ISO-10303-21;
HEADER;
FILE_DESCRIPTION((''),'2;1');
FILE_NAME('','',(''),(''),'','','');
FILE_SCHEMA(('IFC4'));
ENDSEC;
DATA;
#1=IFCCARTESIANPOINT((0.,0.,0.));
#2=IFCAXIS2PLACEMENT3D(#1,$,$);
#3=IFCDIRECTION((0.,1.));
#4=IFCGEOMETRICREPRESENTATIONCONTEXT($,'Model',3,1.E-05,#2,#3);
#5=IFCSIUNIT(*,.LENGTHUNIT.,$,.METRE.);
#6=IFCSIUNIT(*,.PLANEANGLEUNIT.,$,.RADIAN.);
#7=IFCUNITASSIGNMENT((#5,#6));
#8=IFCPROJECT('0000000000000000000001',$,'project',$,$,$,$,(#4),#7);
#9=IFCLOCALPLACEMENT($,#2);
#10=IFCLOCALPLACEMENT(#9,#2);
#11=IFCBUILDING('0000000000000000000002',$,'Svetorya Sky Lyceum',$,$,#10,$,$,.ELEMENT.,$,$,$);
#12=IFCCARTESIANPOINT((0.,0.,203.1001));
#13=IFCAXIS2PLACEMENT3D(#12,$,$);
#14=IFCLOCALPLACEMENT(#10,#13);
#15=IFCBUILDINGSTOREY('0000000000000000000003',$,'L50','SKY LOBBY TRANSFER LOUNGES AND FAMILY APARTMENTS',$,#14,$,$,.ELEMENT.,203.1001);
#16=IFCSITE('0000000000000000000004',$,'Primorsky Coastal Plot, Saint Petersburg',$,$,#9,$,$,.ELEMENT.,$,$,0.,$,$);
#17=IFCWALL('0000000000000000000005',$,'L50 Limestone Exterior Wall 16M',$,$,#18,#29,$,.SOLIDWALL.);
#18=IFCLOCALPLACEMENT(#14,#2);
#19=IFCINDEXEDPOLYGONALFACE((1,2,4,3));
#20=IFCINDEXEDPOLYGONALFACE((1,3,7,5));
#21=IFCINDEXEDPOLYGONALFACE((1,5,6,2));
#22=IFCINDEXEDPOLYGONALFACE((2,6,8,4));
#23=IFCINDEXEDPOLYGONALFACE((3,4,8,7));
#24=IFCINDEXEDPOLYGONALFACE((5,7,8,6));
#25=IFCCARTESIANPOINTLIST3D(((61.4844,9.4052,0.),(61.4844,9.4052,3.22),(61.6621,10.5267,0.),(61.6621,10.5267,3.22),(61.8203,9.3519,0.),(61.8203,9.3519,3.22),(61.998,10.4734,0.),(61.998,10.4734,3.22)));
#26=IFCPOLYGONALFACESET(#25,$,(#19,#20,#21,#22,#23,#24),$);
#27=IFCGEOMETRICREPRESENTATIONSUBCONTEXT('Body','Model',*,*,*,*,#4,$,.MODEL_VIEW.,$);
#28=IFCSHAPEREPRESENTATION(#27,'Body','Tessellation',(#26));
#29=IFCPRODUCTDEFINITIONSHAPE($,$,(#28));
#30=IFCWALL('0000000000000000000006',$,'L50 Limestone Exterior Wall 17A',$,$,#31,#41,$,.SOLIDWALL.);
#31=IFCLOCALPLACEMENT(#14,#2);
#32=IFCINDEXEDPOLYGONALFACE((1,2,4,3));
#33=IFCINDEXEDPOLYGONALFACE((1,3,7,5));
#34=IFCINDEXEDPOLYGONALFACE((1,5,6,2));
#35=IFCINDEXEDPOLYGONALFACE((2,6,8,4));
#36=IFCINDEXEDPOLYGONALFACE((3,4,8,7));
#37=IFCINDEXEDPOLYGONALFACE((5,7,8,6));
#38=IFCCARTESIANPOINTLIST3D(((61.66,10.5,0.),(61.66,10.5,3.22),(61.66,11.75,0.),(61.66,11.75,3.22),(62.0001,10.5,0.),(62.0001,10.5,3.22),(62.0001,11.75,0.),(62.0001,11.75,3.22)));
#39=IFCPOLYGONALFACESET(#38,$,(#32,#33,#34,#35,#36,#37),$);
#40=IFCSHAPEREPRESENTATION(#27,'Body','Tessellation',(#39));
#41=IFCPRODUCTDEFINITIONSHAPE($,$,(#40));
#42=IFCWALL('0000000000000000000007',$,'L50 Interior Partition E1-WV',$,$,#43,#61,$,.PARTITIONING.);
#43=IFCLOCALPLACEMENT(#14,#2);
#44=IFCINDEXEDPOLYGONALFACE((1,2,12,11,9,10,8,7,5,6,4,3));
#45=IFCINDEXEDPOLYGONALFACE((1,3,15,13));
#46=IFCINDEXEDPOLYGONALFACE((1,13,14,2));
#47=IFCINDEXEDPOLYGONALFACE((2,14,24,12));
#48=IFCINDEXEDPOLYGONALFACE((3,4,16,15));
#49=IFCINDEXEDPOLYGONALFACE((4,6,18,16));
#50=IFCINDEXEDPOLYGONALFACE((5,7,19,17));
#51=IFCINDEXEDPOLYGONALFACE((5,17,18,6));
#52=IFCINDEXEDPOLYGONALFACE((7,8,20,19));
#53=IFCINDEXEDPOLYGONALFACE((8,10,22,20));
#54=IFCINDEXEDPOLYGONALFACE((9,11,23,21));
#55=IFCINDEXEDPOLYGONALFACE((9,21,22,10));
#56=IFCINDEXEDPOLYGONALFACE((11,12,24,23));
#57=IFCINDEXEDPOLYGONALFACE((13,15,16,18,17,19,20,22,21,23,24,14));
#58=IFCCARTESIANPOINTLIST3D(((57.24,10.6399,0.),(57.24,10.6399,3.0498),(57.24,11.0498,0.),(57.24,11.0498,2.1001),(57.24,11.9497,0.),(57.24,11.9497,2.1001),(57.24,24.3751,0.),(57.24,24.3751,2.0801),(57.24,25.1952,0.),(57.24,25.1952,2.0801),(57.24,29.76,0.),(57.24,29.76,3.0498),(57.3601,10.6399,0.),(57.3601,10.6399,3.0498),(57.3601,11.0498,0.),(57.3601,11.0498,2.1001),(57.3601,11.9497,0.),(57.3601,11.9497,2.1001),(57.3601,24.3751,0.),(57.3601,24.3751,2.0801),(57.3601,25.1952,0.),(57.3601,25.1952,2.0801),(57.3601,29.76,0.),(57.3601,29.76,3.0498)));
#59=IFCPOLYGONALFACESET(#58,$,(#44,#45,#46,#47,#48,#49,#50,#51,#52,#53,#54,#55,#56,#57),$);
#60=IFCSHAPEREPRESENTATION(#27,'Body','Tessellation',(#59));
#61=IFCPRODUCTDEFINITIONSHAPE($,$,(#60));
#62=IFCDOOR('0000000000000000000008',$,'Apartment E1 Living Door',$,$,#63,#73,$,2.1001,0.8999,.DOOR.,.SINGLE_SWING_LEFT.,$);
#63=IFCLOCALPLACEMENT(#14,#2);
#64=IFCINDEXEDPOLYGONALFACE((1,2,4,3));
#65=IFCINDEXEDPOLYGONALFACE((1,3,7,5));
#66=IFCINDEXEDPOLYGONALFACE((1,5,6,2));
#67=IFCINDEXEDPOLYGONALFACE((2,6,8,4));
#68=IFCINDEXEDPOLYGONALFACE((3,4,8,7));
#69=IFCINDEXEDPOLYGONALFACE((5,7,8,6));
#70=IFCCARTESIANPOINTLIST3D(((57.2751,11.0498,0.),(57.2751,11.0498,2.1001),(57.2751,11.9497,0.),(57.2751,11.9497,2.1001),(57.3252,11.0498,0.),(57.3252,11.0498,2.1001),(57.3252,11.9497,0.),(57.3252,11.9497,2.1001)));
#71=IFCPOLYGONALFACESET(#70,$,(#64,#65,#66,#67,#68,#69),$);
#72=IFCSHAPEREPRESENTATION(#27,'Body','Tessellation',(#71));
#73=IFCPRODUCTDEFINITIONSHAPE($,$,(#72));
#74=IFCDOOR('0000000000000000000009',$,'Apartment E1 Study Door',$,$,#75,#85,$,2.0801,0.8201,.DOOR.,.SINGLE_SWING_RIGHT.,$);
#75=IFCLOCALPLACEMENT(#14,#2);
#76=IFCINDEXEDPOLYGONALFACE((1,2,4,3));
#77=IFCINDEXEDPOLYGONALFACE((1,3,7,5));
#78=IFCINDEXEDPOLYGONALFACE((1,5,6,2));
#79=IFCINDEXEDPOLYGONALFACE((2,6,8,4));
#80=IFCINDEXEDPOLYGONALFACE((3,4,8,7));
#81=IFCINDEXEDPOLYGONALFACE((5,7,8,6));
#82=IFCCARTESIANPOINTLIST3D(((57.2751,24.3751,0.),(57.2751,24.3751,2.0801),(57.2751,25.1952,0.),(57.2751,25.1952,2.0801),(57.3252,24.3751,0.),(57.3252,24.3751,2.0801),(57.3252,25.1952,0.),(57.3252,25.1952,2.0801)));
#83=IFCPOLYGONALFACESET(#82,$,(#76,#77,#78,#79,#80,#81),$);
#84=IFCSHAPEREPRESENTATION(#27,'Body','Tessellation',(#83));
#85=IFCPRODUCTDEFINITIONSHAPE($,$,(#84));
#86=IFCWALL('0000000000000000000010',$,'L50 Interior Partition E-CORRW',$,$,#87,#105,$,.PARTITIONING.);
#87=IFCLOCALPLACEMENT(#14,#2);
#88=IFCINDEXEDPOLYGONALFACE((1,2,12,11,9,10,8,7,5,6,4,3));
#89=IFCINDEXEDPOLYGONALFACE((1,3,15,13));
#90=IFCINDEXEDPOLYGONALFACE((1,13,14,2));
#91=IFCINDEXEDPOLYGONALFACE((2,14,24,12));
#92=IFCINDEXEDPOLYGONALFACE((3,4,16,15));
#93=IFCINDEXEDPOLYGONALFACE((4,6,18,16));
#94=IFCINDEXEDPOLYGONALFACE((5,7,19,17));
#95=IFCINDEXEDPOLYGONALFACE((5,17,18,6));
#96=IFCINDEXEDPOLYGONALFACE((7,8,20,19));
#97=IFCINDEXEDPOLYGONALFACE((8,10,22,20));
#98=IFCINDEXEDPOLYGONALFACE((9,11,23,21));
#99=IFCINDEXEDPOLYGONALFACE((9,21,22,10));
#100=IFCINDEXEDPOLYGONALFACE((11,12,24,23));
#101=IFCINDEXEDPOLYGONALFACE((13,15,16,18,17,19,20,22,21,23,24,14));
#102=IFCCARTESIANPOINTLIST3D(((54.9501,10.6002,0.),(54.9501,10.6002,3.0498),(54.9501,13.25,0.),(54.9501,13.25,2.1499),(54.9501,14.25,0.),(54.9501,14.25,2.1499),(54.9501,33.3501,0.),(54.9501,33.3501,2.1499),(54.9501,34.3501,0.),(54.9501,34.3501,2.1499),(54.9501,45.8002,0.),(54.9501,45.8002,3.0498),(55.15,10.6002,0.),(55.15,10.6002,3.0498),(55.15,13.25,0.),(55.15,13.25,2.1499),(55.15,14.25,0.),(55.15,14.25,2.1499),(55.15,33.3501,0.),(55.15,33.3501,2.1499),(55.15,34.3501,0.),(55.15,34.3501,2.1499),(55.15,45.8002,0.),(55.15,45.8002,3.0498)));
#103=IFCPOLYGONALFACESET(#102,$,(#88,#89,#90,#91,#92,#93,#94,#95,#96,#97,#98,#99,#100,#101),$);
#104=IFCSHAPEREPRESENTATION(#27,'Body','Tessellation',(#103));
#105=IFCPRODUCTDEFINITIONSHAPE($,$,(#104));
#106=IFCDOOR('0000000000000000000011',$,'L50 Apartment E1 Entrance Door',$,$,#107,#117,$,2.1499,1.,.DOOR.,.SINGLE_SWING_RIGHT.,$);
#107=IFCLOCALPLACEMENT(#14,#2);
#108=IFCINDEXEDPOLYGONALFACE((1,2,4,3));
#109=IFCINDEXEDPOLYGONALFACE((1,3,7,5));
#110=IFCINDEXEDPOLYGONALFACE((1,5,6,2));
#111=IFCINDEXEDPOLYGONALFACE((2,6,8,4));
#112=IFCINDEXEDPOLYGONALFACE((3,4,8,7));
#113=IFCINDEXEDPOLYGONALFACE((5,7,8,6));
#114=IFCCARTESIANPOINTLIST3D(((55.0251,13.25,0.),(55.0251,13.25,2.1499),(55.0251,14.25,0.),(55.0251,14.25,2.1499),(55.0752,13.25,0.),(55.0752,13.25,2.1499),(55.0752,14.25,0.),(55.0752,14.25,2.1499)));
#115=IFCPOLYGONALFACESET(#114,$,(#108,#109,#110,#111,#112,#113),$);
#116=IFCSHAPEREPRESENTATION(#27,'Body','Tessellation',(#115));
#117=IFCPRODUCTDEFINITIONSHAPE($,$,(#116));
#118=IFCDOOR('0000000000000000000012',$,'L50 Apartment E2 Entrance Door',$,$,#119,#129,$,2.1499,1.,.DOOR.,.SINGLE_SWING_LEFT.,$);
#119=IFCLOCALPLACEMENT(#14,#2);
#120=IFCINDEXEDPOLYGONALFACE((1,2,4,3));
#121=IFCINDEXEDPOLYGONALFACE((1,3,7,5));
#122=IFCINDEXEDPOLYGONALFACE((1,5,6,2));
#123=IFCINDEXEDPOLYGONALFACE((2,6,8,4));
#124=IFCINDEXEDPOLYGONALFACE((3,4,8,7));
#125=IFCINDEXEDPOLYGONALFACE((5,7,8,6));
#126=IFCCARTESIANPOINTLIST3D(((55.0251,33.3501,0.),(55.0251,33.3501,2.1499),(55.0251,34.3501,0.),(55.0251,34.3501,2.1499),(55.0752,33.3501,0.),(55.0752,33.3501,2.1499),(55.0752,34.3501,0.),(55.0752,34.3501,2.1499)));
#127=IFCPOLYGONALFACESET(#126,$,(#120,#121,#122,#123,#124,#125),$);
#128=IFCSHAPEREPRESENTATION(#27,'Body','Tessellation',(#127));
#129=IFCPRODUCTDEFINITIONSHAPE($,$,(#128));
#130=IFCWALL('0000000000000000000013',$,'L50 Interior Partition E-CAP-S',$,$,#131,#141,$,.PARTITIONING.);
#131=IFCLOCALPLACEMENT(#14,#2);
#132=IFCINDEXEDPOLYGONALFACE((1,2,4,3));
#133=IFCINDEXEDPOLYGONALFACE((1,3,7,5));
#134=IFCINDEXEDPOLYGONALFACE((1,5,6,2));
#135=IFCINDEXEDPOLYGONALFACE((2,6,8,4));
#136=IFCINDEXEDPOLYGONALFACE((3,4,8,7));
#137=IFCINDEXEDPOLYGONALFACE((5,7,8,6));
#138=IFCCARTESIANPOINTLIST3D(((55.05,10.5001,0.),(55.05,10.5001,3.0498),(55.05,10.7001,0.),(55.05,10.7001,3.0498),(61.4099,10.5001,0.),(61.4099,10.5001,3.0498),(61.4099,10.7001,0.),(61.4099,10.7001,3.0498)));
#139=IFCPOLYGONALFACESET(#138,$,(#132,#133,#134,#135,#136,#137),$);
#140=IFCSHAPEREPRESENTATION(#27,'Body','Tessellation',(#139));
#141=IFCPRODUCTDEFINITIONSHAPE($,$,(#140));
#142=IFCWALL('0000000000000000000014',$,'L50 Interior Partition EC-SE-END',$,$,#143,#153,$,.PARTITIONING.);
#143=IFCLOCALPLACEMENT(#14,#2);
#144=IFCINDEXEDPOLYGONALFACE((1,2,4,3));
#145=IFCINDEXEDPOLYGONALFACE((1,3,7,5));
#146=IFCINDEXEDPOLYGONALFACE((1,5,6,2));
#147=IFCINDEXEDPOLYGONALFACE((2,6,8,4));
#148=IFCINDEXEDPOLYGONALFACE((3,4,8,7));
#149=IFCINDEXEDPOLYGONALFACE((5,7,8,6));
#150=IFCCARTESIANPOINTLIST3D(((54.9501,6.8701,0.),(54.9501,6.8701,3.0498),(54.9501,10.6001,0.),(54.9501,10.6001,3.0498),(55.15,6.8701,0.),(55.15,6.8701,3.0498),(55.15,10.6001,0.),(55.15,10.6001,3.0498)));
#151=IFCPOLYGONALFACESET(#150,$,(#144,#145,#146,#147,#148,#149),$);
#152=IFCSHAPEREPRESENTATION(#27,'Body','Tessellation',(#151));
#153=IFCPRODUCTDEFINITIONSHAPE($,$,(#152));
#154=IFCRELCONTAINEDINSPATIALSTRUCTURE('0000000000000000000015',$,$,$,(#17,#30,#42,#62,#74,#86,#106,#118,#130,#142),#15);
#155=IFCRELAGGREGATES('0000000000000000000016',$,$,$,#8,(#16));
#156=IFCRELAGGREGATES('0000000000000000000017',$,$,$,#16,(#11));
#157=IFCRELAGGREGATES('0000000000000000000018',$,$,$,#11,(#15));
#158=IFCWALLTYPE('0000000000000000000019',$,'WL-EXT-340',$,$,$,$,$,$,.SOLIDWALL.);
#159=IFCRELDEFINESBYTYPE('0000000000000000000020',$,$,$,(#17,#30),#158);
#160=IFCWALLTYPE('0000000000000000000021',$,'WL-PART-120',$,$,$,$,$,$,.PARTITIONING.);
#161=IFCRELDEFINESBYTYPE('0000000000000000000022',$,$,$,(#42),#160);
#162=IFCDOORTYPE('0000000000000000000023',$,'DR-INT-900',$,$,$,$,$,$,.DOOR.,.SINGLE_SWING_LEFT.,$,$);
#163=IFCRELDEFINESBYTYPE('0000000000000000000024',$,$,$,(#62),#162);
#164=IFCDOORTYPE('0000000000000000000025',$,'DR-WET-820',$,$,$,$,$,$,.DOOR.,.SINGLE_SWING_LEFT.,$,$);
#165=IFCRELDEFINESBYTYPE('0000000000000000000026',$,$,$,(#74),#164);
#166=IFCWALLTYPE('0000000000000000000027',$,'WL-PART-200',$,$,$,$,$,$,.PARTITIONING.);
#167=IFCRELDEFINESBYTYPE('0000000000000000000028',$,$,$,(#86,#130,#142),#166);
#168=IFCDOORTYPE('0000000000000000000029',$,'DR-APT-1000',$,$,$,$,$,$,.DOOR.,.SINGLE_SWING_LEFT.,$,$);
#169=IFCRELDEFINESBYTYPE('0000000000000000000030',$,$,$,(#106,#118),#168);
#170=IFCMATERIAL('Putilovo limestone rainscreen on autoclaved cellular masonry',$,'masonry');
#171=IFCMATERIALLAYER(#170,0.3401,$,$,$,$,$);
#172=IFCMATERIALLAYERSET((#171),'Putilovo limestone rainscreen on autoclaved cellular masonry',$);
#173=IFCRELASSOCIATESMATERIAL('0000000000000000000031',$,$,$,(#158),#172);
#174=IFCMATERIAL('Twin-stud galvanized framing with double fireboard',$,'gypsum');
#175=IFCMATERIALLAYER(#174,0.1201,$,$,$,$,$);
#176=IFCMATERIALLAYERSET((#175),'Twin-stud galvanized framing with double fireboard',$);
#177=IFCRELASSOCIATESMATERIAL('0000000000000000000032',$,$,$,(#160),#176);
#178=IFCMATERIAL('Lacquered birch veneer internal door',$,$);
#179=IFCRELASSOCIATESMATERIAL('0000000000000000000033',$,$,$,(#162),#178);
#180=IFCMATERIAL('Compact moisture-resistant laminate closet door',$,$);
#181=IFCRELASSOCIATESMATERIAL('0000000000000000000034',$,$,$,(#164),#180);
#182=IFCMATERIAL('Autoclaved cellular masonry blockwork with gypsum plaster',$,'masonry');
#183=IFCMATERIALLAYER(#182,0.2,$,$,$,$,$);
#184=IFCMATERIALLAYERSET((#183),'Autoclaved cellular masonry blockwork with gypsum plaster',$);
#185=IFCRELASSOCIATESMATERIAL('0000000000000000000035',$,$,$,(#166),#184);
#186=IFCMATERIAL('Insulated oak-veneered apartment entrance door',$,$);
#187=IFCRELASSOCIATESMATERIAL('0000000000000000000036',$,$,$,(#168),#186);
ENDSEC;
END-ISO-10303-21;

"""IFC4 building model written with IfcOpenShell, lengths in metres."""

from ifc_helpers import new_model, si_unit, direction, frame, frame_2d, origin, place, context, subcontext, project, spatial, rectangle, extrude, material, layer, layer_set, type_object, element, fill, save


model = new_model("IFC4")

# Units and contexts
model_context = context("Model", 3, precision=1e-05, world=origin(), true_north=direction((0.0, 1.0)))
body_context = subcontext(model_context, "Body", "Model", "MODEL_VIEW")
ifc_project = project(units=[si_unit("LENGTHUNIT", "METRE"), si_unit("PLANEANGLEUNIT", "RADIAN")], contexts=[model_context])

# Site, building, storey
site_placement = place(None, origin())
site = spatial("IfcSite", under=ifc_project, at=site_placement, Name="Primorsky Coastal Plot, Saint Petersburg", CompositionType="ELEMENT", RefElevation=0.0)
building_placement = place(site_placement, origin())
building = spatial("IfcBuilding", under=site, at=building_placement, Name="Svetorya Sky Lyceum", CompositionType="ELEMENT")
storey_placement = place(building_placement, frame((0.0, 0.0, 203.1001)))
storey = spatial("IfcBuildingStorey", under=building, at=storey_placement, Name="L50", Description="SKY LOBBY TRANSFER LOUNGES AND FAMILY APARTMENTS", CompositionType="ELEMENT", Elevation=203.1001)

# Walls
ifc_material_1 = material(Name="Putilovo limestone rainscreen on autoclaved cellular masonry", Category="masonry")
ifc_layer_1 = layer(ifc_material_1, 0.3401)
ifc_layer_set_1 = layer_set([ifc_layer_1], Name="Putilovo limestone rainscreen on autoclaved cellular masonry")
wall_type_1 = type_object("IfcWallType", Name="WL-EXT-340", PredefinedType="SOLIDWALL", material=ifc_layer_set_1)
wall_1_placement = place(storey_placement, frame((61.6523, 9.3784, 0.0), z_axis=(0.0, 0.0, 1.0), x_axis=(0.156515, 0.987676, 0.0)))
element("IfcWall", 1, at=wall_1_placement, inside=storey, type_object=wall_type_1, Name="L50 Limestone Exterior Wall 16M", PredefinedType="SOLIDWALL", context=body_context, shape_type="SweptSolid", body=[
    extrude(rectangle(XDim=1.1355, YDim=0.3401, at=frame_2d((0.5679, 0.0))), origin(), (0.0, 0.0, 1.0), 3.22),
])
wall_2_placement = place(storey_placement, frame((61.8301, 10.5, 0.0), z_axis=(0.0, 0.0, 1.0), x_axis=(0.0, 1.0, 0.0)))
element("IfcWall", 2, at=wall_2_placement, inside=storey, type_object=wall_type_1, Name="L50 Limestone Exterior Wall 17A", PredefinedType="SOLIDWALL", context=body_context, shape_type="SweptSolid", body=[
    extrude(rectangle(XDim=1.25, YDim=0.3401, at=frame_2d((0.625, 0.0))), origin(), (0.0, 0.0, 1.0), 3.22),
])

# Walls, openings, doors
ifc_material_2 = material(Name="Twin-stud galvanized framing with double fireboard", Category="gypsum")
ifc_layer_2 = layer(ifc_material_2, 0.1201)
ifc_layer_set_2 = layer_set([ifc_layer_2], Name="Twin-stud galvanized framing with double fireboard")
wall_type_2 = type_object("IfcWallType", Name="WL-PART-120", PredefinedType="PARTITIONING", material=ifc_layer_set_2)
wall_3_placement = place(storey_placement, frame((57.3, 10.6399, 0.0), z_axis=(0.0, 0.0, 1.0), x_axis=(0.0, 1.0, 0.0)))
wall_3 = element("IfcWall", 3, at=wall_3_placement, inside=storey, type_object=wall_type_2, Name="L50 Interior Partition E1-WV", PredefinedType="PARTITIONING", context=body_context, shape_type="SweptSolid", body=[
    extrude(rectangle(XDim=19.1201, YDim=0.1201, at=frame_2d((9.5601, 0.0))), origin(), (0.0, 0.0, 1.0), 3.0498),
])
opening_1_placement = place(wall_3_placement, frame((0.4099, 0.0, 0.0)))
opening_1 = element("IfcOpeningElement", 4, at=opening_1_placement, cuts=wall_3, PredefinedType="OPENING", context=body_context, shape_type="SweptSolid", body=[
    extrude(rectangle(XDim=0.8999, YDim=2.1001, at=frame_2d((0.45, 1.05))), frame((0.0, 0.0701, 0.0), z_axis=(0.0, -1.0, 0.0), x_axis=(1.0, 0.0, 0.0)), (0.0, 0.0, 1.0), 0.1401),
])
opening_2_placement = place(wall_3_placement, frame((13.7351, 0.0, 0.0)))
opening_2 = element("IfcOpeningElement", 5, at=opening_2_placement, cuts=wall_3, PredefinedType="OPENING", context=body_context, shape_type="SweptSolid", body=[
    extrude(rectangle(XDim=0.8201, YDim=2.0801, at=frame_2d((0.4102, 1.04))), frame((0.0, 0.0701, 0.0), z_axis=(0.0, -1.0, 0.0), x_axis=(1.0, 0.0, 0.0)), (0.0, 0.0, 1.0), 0.1401),
])
ifc_material_3 = material(Name="Lacquered birch veneer internal door")
door_type_1 = type_object("IfcDoorType", Name="DR-INT-900", OperationType="SINGLE_SWING_LEFT", PredefinedType="DOOR", material=ifc_material_3)
door_1_placement = place(opening_1_placement, origin())
door_1 = element("IfcDoor", 6, at=door_1_placement, inside=storey, type_object=door_type_1, Name="Apartment E1 Living Door", OperationType="SINGLE_SWING_LEFT", OverallHeight=2.1001, OverallWidth=0.8999, PredefinedType="DOOR", context=body_context, shape_type="SweptSolid", body=[
    extrude(rectangle(XDim=0.8999, YDim=2.1001, at=frame_2d((0.45, 1.05))), frame((0.0, 0.0249, 0.0), z_axis=(0.0, -1.0, 0.0), x_axis=(1.0, 0.0, 0.0)), (0.0, 0.0, 1.0), 0.05),
])
fill(opening_1, door_1)
ifc_material_4 = material(Name="Compact moisture-resistant laminate closet door")
door_type_2 = type_object("IfcDoorType", Name="DR-WET-820", OperationType="SINGLE_SWING_LEFT", PredefinedType="DOOR", material=ifc_material_4)
door_2_placement = place(opening_2_placement, origin())
door_2 = element("IfcDoor", 7, at=door_2_placement, inside=storey, type_object=door_type_2, Name="Apartment E1 Study Door", OperationType="SINGLE_SWING_RIGHT", OverallHeight=2.0801, OverallWidth=0.8201, PredefinedType="DOOR", context=body_context, shape_type="SweptSolid", body=[
    extrude(rectangle(XDim=0.8201, YDim=2.0801, at=frame_2d((0.4102, 1.04))), frame((0.0, 0.0249, 0.0), z_axis=(0.0, -1.0, 0.0), x_axis=(1.0, 0.0, 0.0)), (0.0, 0.0, 1.0), 0.05),
])
fill(opening_2, door_2)
ifc_material_5 = material(Name="Autoclaved cellular masonry blockwork with gypsum plaster", Category="masonry")
ifc_layer_3 = layer(ifc_material_5, 0.2)
ifc_layer_set_3 = layer_set([ifc_layer_3], Name="Autoclaved cellular masonry blockwork with gypsum plaster")
wall_type_3 = type_object("IfcWallType", Name="WL-PART-200", PredefinedType="PARTITIONING", material=ifc_layer_set_3)
wall_4_placement = place(storey_placement, frame((55.05, 10.6001, 0.0), z_axis=(0.0, 0.0, 1.0), x_axis=(0.0, 1.0, 0.0)))
wall_4 = element("IfcWall", 8, at=wall_4_placement, inside=storey, type_object=wall_type_3, Name="L50 Interior Partition E-CORRW", PredefinedType="PARTITIONING", context=body_context, shape_type="SweptSolid", body=[
    extrude(rectangle(XDim=35.2, YDim=0.2, at=frame_2d((17.6001, 0.0))), origin(), (0.0, 0.0, 1.0), 3.0498),
])
opening_3_placement = place(wall_4_placement, frame((2.6499, 0.0, 0.0)))
opening_3 = element("IfcOpeningElement", 9, at=opening_3_placement, cuts=wall_4, PredefinedType="OPENING", context=body_context, shape_type="SweptSolid", body=[
    extrude(rectangle(XDim=1.0, YDim=2.1499, at=frame_2d((0.5, 1.075))), frame((0.0, 0.1099, 0.0), z_axis=(0.0, -1.0, 0.0), x_axis=(1.0, 0.0, 0.0)), (0.0, 0.0, 1.0), 0.22),
])
opening_4_placement = place(wall_4_placement, frame((22.75, 0.0, 0.0)))
opening_4 = element("IfcOpeningElement", 10, at=opening_4_placement, cuts=wall_4, PredefinedType="OPENING", context=body_context, shape_type="SweptSolid", body=[
    extrude(rectangle(XDim=1.0, YDim=2.1499, at=frame_2d((0.5, 1.075))), frame((0.0, 0.1099, 0.0), z_axis=(0.0, -1.0, 0.0), x_axis=(1.0, 0.0, 0.0)), (0.0, 0.0, 1.0), 0.22),
])
ifc_material_6 = material(Name="Insulated oak-veneered apartment entrance door")
door_type_3 = type_object("IfcDoorType", Name="DR-APT-1000", OperationType="SINGLE_SWING_LEFT", PredefinedType="DOOR", material=ifc_material_6)
door_3_placement = place(opening_3_placement, origin())
door_3 = element("IfcDoor", 11, at=door_3_placement, inside=storey, type_object=door_type_3, Name="L50 Apartment E1 Entrance Door", OperationType="SINGLE_SWING_RIGHT", OverallHeight=2.1499, OverallWidth=1.0, PredefinedType="DOOR", context=body_context, shape_type="SweptSolid", body=[
    extrude(rectangle(XDim=1.0, YDim=2.1499, at=frame_2d((0.5, 1.075))), frame((0.0, 0.0249, 0.0), z_axis=(0.0, -1.0, 0.0), x_axis=(1.0, 0.0, 0.0)), (0.0, 0.0, 1.0), 0.05),
])
fill(opening_3, door_3)
door_4_placement = place(opening_4_placement, origin())
door_4 = element("IfcDoor", 12, at=door_4_placement, inside=storey, type_object=door_type_3, Name="L50 Apartment E2 Entrance Door", OperationType="SINGLE_SWING_LEFT", OverallHeight=2.1499, OverallWidth=1.0, PredefinedType="DOOR", context=body_context, shape_type="SweptSolid", body=[
    extrude(rectangle(XDim=1.0, YDim=2.1499, at=frame_2d((0.5, 1.075))), frame((0.0, 0.0249, 0.0), z_axis=(0.0, -1.0, 0.0), x_axis=(1.0, 0.0, 0.0)), (0.0, 0.0, 1.0), 0.05),
])
fill(opening_4, door_4)

# Walls
wall_5_placement = place(storey_placement, frame((55.05, 10.6001, 0.0), z_axis=(0.0, 0.0, 1.0), x_axis=(1.0, 0.0, 0.0)))
element("IfcWall", 13, at=wall_5_placement, inside=storey, type_object=wall_type_3, Name="L50 Interior Partition E-CAP-S", PredefinedType="PARTITIONING", context=body_context, shape_type="SweptSolid", body=[
    extrude(rectangle(XDim=6.3599, YDim=0.2, at=frame_2d((3.1799, 0.0))), origin(), (0.0, 0.0, 1.0), 3.0498),
])
wall_6_placement = place(storey_placement, frame((55.05, 6.8701, 0.0), z_axis=(0.0, 0.0, 1.0), x_axis=(0.0, 1.0, 0.0)))
element("IfcWall", 14, at=wall_6_placement, inside=storey, type_object=wall_type_3, Name="L50 Interior Partition EC-SE-END", PredefinedType="PARTITIONING", context=body_context, shape_type="SweptSolid", body=[
    extrude(rectangle(XDim=3.73, YDim=0.2, at=frame_2d((1.865, 0.0))), origin(), (0.0, 0.0, 1.0), 3.0498),
])

save(model, "model.ifc")
